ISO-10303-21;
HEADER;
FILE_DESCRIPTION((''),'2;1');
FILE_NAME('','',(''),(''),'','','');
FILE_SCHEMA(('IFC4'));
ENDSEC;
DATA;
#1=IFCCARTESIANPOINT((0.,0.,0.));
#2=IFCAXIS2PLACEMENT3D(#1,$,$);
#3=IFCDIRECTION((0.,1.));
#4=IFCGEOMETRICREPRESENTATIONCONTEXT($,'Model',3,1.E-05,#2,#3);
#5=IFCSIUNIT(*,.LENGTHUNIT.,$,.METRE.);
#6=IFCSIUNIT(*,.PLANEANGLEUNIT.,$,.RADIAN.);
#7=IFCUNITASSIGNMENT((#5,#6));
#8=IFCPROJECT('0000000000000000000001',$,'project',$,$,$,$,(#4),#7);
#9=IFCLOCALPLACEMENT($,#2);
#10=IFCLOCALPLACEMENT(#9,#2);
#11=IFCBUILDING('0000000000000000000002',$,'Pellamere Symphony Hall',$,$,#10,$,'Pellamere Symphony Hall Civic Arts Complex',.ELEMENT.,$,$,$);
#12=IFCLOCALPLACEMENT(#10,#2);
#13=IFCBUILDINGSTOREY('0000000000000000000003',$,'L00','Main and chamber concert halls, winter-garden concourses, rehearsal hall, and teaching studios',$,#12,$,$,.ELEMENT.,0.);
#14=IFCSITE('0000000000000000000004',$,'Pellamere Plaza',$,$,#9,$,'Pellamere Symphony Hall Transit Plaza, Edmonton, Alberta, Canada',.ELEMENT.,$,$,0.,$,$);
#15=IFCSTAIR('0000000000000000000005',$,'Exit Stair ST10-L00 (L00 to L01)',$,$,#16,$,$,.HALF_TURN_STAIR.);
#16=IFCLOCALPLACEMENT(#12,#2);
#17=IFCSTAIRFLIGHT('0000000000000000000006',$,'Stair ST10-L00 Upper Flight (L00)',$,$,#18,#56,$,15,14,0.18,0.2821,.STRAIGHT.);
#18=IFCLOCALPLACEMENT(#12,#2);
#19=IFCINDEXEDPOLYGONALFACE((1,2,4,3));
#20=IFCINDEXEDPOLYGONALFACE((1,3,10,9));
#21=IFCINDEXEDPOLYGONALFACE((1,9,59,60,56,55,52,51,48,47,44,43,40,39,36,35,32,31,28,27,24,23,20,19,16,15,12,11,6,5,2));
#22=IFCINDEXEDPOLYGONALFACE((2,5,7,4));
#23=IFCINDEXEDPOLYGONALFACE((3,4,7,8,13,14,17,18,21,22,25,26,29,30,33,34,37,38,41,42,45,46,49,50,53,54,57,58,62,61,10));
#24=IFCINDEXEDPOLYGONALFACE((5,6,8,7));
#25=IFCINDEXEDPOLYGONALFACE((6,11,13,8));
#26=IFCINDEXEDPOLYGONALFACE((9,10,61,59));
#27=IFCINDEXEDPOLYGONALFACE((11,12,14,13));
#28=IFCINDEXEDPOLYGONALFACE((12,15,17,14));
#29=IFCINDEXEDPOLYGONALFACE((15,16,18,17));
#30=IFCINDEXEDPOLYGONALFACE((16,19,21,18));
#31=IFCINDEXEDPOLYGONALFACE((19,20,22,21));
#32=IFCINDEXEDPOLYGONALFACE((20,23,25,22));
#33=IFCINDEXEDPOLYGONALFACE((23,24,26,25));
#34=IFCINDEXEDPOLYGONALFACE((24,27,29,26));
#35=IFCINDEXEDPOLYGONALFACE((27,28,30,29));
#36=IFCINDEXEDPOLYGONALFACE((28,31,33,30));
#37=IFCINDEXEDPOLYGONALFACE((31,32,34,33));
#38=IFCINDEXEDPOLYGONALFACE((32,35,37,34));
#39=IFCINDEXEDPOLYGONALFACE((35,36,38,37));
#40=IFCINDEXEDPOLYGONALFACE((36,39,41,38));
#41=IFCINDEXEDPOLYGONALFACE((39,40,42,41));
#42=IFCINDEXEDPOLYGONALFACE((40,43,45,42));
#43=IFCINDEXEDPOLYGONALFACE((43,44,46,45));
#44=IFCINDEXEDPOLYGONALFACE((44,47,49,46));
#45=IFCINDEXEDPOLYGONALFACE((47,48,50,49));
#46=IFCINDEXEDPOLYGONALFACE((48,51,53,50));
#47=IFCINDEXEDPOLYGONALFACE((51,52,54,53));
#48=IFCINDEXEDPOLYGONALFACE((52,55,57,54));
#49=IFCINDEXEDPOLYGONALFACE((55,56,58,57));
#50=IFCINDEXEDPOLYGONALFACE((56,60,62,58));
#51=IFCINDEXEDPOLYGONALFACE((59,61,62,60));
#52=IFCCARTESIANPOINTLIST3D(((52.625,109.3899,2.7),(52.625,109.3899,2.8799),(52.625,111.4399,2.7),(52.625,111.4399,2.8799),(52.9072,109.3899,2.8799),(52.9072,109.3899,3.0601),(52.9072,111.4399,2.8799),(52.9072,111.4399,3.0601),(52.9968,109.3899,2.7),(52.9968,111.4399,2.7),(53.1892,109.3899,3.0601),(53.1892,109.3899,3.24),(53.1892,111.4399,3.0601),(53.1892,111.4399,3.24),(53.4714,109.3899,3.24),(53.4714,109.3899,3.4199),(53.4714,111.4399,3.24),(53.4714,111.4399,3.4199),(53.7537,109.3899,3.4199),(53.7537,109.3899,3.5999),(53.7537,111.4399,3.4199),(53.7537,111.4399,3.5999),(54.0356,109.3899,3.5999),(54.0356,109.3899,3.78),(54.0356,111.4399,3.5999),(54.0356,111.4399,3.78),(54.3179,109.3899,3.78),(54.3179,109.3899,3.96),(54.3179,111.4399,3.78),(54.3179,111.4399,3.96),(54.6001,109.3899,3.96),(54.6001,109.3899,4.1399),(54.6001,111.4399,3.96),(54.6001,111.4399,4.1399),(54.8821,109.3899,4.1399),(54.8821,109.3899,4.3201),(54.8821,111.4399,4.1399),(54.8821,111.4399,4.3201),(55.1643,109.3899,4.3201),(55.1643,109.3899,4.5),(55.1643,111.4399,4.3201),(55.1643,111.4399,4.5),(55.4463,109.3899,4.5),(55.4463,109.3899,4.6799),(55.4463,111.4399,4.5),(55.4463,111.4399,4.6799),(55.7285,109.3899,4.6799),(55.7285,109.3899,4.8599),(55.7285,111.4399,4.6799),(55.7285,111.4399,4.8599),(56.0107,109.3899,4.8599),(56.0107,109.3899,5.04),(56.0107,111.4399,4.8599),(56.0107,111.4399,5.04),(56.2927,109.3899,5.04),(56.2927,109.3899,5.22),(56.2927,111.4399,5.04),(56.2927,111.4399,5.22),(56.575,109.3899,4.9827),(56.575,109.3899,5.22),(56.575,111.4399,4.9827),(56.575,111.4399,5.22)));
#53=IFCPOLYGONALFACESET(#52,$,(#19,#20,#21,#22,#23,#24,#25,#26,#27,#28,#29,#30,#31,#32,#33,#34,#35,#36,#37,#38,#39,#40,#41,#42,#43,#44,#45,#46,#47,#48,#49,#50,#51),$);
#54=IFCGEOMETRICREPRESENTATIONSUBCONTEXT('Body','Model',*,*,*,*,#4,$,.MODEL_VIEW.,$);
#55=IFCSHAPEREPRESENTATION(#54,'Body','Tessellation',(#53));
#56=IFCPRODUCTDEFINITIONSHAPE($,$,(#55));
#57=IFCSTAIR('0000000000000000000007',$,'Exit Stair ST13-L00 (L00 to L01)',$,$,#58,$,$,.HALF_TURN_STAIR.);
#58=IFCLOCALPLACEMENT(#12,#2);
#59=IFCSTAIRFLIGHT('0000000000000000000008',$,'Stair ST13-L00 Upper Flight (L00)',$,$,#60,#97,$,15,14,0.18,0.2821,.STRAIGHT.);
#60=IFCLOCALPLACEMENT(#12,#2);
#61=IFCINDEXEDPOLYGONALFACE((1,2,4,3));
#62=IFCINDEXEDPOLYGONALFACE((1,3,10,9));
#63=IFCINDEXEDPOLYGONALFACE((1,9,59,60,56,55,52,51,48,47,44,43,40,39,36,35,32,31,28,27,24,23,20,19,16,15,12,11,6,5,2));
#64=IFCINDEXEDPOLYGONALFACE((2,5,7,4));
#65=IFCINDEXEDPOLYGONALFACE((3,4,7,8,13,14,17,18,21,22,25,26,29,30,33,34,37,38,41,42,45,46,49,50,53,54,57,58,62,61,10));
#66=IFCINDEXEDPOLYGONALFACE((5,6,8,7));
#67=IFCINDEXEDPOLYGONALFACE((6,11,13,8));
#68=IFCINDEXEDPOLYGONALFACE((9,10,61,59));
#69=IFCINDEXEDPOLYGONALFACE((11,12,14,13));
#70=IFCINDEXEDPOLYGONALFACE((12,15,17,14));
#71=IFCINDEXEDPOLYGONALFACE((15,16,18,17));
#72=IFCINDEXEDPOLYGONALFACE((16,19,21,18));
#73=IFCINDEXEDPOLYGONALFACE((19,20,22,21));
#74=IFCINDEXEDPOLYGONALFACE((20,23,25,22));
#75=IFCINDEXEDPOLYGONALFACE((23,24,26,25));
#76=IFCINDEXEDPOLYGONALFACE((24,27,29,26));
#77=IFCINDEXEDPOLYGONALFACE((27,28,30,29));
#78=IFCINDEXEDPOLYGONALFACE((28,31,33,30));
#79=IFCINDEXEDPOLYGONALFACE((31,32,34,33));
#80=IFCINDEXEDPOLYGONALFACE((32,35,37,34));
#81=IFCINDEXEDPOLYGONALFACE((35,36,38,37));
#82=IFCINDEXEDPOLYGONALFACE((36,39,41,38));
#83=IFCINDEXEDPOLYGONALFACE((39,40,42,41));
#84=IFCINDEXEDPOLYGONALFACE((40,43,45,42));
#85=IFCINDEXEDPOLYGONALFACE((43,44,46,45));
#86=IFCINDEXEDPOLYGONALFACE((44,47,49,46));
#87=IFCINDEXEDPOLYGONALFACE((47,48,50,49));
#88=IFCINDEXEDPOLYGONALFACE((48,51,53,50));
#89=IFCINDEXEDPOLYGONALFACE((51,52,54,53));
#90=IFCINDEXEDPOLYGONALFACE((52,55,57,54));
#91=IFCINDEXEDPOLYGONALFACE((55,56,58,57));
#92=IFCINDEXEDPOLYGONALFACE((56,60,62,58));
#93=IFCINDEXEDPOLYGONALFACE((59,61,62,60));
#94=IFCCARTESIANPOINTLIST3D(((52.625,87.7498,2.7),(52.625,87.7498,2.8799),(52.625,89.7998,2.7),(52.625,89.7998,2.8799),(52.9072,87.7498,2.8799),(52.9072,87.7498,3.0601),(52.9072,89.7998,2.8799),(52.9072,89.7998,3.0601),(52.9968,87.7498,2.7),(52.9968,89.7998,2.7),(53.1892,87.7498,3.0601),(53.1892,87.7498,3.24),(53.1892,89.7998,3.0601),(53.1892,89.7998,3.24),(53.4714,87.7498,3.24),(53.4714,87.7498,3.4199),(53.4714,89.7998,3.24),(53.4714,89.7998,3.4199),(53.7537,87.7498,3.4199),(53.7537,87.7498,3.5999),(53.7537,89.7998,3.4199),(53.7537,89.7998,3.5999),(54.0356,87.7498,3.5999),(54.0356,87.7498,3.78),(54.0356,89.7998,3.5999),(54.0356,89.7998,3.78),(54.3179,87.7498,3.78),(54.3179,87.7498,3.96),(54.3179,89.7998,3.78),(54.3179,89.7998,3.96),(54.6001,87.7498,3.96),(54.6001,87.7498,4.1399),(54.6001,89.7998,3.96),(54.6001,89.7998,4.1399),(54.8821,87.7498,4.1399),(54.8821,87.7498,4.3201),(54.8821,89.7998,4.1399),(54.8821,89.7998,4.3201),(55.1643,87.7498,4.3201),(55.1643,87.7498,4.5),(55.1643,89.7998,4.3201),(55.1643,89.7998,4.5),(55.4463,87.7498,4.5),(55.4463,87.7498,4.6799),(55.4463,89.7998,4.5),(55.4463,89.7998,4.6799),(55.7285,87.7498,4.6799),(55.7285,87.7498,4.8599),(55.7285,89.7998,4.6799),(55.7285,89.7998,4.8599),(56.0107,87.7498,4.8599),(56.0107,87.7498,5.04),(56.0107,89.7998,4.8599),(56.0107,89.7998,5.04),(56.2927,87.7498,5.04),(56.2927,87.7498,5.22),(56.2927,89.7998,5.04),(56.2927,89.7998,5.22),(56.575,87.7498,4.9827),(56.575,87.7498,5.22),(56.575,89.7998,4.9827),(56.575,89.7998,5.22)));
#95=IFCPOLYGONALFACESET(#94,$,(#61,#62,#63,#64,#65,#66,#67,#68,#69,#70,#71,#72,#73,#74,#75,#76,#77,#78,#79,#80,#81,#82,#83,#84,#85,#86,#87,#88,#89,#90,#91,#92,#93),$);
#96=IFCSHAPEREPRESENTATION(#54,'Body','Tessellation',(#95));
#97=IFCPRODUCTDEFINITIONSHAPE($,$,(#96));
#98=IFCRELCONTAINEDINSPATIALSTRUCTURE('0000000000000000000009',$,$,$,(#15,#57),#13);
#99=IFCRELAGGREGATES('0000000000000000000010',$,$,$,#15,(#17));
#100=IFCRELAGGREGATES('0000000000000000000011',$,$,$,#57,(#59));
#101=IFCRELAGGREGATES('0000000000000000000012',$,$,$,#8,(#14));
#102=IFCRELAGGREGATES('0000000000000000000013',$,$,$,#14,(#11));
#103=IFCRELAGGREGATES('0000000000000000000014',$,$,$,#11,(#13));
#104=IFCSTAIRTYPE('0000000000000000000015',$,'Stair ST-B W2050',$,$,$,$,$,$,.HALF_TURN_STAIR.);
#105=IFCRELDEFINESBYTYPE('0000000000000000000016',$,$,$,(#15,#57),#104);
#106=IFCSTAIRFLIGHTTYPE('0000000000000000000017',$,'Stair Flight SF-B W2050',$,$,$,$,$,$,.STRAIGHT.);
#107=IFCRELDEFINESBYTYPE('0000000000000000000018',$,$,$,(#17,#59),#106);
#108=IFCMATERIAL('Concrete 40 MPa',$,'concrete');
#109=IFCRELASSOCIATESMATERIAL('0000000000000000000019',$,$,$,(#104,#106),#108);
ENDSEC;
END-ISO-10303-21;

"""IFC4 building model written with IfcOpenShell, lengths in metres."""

from ifc_helpers import new_model, si_unit, direction, frame, origin, place, context, subcontext, project, spatial, polyline, outline, extrude, material, type_object, element, aggregate, save


model = new_model("IFC4")

# Units and contexts
model_context = context("Model", 3, precision=1e-05, world=origin(), true_north=direction((0.0, 1.0)))
body_context = subcontext(model_context, "Body", "Model", "MODEL_VIEW")
ifc_project = project(units=[si_unit("LENGTHUNIT", "METRE"), si_unit("PLANEANGLEUNIT", "RADIAN")], contexts=[model_context])

# Site, building, storey
site_placement = place(None, origin())
site = spatial("IfcSite", under=ifc_project, at=site_placement, Name="Pellamere Plaza", LongName="Pellamere Symphony Hall Transit Plaza, Edmonton, Alberta, Canada", CompositionType="ELEMENT", RefElevation=0.0)
building_placement = place(site_placement, origin())
building = spatial("IfcBuilding", under=site, at=building_placement, Name="Pellamere Symphony Hall", LongName="Pellamere Symphony Hall Civic Arts Complex", CompositionType="ELEMENT")
storey_placement = place(building_placement, origin())
storey = spatial("IfcBuildingStorey", under=building, at=storey_placement, Name="L00", Description="Main and chamber concert halls, winter-garden concourses, rehearsal hall, and teaching studios", CompositionType="ELEMENT", Elevation=0.0)

# Shared definitions
ifc_material_1 = material(Name="Concrete 40 MPa", Category="concrete")

# Stair, stair flight
stair_type = type_object("IfcStairType", Name="Stair ST-B W2050", PredefinedType="HALF_TURN_STAIR", material=ifc_material_1)
stair_1_placement = place(storey_placement, origin())
stair_1 = element("IfcStair", 1, at=stair_1_placement, inside=storey, type_object=stair_type, Name="Exit Stair ST10-L00 (L00 to L01)", PredefinedType="HALF_TURN_STAIR")
stair_flight_type = type_object("IfcStairFlightType", Name="Stair Flight SF-B W2050", PredefinedType="STRAIGHT", material=ifc_material_1)
stair_flight_1_placement = place(storey_placement, frame((52.625, 110.415, 2.7), z_axis=(0.0, 0.0, 1.0), x_axis=(1.0, 0.0, 0.0)))
stair_flight_1 = element("IfcStairFlight", 2, at=stair_flight_1_placement, type_object=stair_flight_type, Name="Stair ST10-L00 Upper Flight (L00)", NumberOfRisers=15, NumberOfTreads=14, PredefinedType="STRAIGHT", RiserHeight=0.18, TreadLength=0.2821, context=body_context, shape_type="SweptSolid", body=[
    extrude(outline(polyline([(0.0, 0.0), (0.0, 0.1799), (0.2822, 0.1799), (0.2822, 0.3601), (0.5642, 0.3601), (0.5642, 0.54), (0.8464, 0.54), (0.8464, 0.72), (1.1287, 0.72), (1.1287, 0.8999), (1.4106, 0.8999), (1.4106, 1.0801), (1.6929, 1.0801), (1.6929, 1.26), (1.9751, 1.26), (1.9751, 1.4399), (2.2571, 1.4399), (2.2571, 1.6201), (2.5393, 1.6201), (2.5393, 1.8), (2.8213, 1.8), (2.8213, 1.98), (3.1035, 1.98), (3.1035, 2.1599), (3.3857, 2.1599), (3.3857, 2.3401), (3.6677, 2.3401), (3.6677, 2.52), (3.95, 2.52), (3.95, 2.7), (3.95, 2.2827), (0.3718, 0.0), (0.0, 0.0)])), frame((0.0, 1.0249, 0.0), z_axis=(0.0, -1.0, 0.0), x_axis=(1.0, 0.0, 0.0)), (0.0, 0.0, 1.0), 2.05),
])
aggregate(stair_1, [stair_flight_1])

# Stair, stair flight
stair_2_placement = place(storey_placement, origin())
stair_2 = element("IfcStair", 3, at=stair_2_placement, inside=storey, type_object=stair_type, Name="Exit Stair ST13-L00 (L00 to L01)", PredefinedType="HALF_TURN_STAIR")
stair_flight_2_placement = place(storey_placement, frame((52.625, 88.7749, 2.7), z_axis=(0.0, 0.0, 1.0), x_axis=(1.0, 0.0, 0.0)))
stair_flight_2 = element("IfcStairFlight", 4, at=stair_flight_2_placement, type_object=stair_flight_type, Name="Stair ST13-L00 Upper Flight (L00)", NumberOfRisers=15, NumberOfTreads=14, PredefinedType="STRAIGHT", RiserHeight=0.18, TreadLength=0.2821, context=body_context, shape_type="SweptSolid", body=[
    extrude(outline(polyline([(0.0, 0.0), (0.0, 0.1799), (0.2822, 0.1799), (0.2822, 0.3601), (0.5642, 0.3601), (0.5642, 0.54), (0.8464, 0.54), (0.8464, 0.72), (1.1287, 0.72), (1.1287, 0.8999), (1.4106, 0.8999), (1.4106, 1.0801), (1.6929, 1.0801), (1.6929, 1.26), (1.9751, 1.26), (1.9751, 1.4399), (2.2571, 1.4399), (2.2571, 1.6201), (2.5393, 1.6201), (2.5393, 1.8), (2.8213, 1.8), (2.8213, 1.98), (3.1035, 1.98), (3.1035, 2.1599), (3.3857, 2.1599), (3.3857, 2.3401), (3.6677, 2.3401), (3.6677, 2.52), (3.95, 2.52), (3.95, 2.7), (3.95, 2.2827), (0.3718, 0.0), (0.0, 0.0)])), frame((0.0, 1.0249, 0.0), z_axis=(0.0, -1.0, 0.0), x_axis=(1.0, 0.0, 0.0)), (0.0, 0.0, 1.0), 2.05),
])
aggregate(stair_2, [stair_flight_2])

save(model, "model.ifc")
